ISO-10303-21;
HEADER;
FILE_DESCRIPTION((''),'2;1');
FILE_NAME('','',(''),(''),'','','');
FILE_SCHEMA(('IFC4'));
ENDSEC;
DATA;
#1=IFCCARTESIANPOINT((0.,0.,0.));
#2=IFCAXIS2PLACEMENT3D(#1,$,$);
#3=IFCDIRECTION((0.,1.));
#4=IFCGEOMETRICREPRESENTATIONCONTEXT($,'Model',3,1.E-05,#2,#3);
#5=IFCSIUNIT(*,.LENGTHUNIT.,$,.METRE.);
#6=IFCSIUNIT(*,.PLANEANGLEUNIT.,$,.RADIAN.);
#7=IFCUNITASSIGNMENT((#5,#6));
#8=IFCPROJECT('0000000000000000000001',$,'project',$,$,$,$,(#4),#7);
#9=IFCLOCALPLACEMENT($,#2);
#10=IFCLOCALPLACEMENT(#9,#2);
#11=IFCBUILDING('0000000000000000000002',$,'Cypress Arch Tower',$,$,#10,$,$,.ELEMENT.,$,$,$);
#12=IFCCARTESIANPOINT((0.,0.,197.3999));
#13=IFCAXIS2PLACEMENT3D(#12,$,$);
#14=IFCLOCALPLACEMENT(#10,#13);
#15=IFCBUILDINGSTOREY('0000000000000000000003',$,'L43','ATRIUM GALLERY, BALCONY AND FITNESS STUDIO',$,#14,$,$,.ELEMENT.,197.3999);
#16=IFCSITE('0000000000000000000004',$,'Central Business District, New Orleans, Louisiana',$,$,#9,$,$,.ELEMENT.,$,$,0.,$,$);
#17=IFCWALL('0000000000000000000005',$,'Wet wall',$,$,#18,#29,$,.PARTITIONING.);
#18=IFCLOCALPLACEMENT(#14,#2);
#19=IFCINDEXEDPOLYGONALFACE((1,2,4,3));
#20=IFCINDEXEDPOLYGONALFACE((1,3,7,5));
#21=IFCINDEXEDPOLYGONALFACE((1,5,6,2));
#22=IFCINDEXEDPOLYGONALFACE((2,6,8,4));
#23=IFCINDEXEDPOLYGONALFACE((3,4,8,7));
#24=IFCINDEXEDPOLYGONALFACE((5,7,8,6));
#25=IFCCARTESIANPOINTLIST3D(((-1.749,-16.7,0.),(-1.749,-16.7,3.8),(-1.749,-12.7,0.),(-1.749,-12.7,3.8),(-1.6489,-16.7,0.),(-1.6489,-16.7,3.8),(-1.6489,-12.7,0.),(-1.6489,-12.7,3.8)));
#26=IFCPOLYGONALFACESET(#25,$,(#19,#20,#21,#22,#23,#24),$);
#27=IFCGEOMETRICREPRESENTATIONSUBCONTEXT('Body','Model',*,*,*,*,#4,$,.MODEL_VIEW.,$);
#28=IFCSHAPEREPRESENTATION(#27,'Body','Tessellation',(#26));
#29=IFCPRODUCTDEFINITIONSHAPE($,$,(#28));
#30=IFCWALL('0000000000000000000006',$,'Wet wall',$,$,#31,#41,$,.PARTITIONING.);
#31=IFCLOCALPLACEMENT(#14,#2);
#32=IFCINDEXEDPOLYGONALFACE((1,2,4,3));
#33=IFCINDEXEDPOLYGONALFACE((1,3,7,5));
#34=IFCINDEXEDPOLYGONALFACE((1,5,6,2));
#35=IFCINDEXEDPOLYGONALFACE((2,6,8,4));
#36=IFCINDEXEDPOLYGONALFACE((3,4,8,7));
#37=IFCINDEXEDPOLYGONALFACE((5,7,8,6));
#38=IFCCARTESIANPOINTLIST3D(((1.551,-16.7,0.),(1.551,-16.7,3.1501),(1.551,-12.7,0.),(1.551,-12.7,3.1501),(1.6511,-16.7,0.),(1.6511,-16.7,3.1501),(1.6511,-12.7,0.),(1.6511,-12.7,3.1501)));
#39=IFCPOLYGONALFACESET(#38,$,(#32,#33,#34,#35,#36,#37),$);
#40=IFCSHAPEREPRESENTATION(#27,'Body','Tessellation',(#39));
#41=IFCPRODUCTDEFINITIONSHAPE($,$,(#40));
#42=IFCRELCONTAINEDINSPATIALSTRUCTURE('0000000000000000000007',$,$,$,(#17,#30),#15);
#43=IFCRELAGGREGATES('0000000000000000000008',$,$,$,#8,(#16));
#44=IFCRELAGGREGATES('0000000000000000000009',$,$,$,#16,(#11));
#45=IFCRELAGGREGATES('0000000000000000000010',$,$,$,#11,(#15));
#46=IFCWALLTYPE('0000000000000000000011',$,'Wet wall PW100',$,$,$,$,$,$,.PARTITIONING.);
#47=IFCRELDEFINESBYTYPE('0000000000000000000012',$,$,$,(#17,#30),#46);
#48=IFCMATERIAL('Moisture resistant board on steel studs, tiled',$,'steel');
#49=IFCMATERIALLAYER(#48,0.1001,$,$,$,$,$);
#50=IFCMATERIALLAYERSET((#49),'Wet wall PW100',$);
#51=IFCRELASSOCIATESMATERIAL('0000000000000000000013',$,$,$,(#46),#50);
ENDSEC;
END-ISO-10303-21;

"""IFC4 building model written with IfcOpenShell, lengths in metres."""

from ifc_helpers import new_model, si_unit, direction, frame, frame_2d, origin, place, context, subcontext, project, spatial, rectangle, extrude, material, layer, layer_set, type_object, element, save


model = new_model("IFC4")

# Units and contexts
model_context = context("Model", 3, precision=1e-05, world=origin(), true_north=direction((0.0, 1.0)))
body_context = subcontext(model_context, "Body", "Model", "MODEL_VIEW")
ifc_project = project(units=[si_unit("LENGTHUNIT", "METRE"), si_unit("PLANEANGLEUNIT", "RADIAN")], contexts=[model_context])

# Site, building, storey
site_placement = place(None, origin())
site = spatial("IfcSite", under=ifc_project, at=site_placement, Name="Central Business District, New Orleans, Louisiana", CompositionType="ELEMENT", RefElevation=0.0)
building_placement = place(site_placement, origin())
building = spatial("IfcBuilding", under=site, at=building_placement, Name="Cypress Arch Tower", CompositionType="ELEMENT")
storey_placement = place(building_placement, frame((0.0, 0.0, 197.3999)))
storey = spatial("IfcBuildingStorey", under=building, at=storey_placement, Name="L43", Description="ATRIUM GALLERY, BALCONY AND FITNESS STUDIO", CompositionType="ELEMENT", Elevation=197.3999)

# Walls
ifc_material_1 = material(Name="Moisture resistant board on steel studs, tiled", Category="steel")
ifc_layer_1 = layer(ifc_material_1, 0.1001)
ifc_layer_set_1 = layer_set([ifc_layer_1], Name="Wet wall PW100")
wall_type_1 = type_object("IfcWallType", Name="Wet wall PW100", PredefinedType="PARTITIONING", material=ifc_layer_set_1)
wall_1_placement = place(storey_placement, frame((-1.699, -16.7, 0.0), z_axis=(0.0, 0.0, 1.0), x_axis=(0.0, 1.0, 0.0)))
element("IfcWall", 1, at=wall_1_placement, inside=storey, type_object=wall_type_1, Name="Wet wall", PredefinedType="PARTITIONING", context=body_context, shape_type="SweptSolid", body=[
    extrude(rectangle(XDim=4.0, YDim=0.1001, at=frame_2d((2.0, 0.0))), origin(), (0.0, 0.0, 1.0), 3.8),
])
wall_2_placement = place(storey_placement, frame((1.6011, -16.7, 0.0), z_axis=(0.0, 0.0, 1.0), x_axis=(0.0, 1.0, 0.0)))
element("IfcWall", 2, at=wall_2_placement, inside=storey, type_object=wall_type_1, Name="Wet wall", PredefinedType="PARTITIONING", context=body_context, shape_type="SweptSolid", body=[
    extrude(rectangle(XDim=4.0, YDim=0.1001, at=frame_2d((2.0, 0.0))), origin(), (0.0, 0.0, 1.0), 3.1501),
])

save(model, "model.ifc")
